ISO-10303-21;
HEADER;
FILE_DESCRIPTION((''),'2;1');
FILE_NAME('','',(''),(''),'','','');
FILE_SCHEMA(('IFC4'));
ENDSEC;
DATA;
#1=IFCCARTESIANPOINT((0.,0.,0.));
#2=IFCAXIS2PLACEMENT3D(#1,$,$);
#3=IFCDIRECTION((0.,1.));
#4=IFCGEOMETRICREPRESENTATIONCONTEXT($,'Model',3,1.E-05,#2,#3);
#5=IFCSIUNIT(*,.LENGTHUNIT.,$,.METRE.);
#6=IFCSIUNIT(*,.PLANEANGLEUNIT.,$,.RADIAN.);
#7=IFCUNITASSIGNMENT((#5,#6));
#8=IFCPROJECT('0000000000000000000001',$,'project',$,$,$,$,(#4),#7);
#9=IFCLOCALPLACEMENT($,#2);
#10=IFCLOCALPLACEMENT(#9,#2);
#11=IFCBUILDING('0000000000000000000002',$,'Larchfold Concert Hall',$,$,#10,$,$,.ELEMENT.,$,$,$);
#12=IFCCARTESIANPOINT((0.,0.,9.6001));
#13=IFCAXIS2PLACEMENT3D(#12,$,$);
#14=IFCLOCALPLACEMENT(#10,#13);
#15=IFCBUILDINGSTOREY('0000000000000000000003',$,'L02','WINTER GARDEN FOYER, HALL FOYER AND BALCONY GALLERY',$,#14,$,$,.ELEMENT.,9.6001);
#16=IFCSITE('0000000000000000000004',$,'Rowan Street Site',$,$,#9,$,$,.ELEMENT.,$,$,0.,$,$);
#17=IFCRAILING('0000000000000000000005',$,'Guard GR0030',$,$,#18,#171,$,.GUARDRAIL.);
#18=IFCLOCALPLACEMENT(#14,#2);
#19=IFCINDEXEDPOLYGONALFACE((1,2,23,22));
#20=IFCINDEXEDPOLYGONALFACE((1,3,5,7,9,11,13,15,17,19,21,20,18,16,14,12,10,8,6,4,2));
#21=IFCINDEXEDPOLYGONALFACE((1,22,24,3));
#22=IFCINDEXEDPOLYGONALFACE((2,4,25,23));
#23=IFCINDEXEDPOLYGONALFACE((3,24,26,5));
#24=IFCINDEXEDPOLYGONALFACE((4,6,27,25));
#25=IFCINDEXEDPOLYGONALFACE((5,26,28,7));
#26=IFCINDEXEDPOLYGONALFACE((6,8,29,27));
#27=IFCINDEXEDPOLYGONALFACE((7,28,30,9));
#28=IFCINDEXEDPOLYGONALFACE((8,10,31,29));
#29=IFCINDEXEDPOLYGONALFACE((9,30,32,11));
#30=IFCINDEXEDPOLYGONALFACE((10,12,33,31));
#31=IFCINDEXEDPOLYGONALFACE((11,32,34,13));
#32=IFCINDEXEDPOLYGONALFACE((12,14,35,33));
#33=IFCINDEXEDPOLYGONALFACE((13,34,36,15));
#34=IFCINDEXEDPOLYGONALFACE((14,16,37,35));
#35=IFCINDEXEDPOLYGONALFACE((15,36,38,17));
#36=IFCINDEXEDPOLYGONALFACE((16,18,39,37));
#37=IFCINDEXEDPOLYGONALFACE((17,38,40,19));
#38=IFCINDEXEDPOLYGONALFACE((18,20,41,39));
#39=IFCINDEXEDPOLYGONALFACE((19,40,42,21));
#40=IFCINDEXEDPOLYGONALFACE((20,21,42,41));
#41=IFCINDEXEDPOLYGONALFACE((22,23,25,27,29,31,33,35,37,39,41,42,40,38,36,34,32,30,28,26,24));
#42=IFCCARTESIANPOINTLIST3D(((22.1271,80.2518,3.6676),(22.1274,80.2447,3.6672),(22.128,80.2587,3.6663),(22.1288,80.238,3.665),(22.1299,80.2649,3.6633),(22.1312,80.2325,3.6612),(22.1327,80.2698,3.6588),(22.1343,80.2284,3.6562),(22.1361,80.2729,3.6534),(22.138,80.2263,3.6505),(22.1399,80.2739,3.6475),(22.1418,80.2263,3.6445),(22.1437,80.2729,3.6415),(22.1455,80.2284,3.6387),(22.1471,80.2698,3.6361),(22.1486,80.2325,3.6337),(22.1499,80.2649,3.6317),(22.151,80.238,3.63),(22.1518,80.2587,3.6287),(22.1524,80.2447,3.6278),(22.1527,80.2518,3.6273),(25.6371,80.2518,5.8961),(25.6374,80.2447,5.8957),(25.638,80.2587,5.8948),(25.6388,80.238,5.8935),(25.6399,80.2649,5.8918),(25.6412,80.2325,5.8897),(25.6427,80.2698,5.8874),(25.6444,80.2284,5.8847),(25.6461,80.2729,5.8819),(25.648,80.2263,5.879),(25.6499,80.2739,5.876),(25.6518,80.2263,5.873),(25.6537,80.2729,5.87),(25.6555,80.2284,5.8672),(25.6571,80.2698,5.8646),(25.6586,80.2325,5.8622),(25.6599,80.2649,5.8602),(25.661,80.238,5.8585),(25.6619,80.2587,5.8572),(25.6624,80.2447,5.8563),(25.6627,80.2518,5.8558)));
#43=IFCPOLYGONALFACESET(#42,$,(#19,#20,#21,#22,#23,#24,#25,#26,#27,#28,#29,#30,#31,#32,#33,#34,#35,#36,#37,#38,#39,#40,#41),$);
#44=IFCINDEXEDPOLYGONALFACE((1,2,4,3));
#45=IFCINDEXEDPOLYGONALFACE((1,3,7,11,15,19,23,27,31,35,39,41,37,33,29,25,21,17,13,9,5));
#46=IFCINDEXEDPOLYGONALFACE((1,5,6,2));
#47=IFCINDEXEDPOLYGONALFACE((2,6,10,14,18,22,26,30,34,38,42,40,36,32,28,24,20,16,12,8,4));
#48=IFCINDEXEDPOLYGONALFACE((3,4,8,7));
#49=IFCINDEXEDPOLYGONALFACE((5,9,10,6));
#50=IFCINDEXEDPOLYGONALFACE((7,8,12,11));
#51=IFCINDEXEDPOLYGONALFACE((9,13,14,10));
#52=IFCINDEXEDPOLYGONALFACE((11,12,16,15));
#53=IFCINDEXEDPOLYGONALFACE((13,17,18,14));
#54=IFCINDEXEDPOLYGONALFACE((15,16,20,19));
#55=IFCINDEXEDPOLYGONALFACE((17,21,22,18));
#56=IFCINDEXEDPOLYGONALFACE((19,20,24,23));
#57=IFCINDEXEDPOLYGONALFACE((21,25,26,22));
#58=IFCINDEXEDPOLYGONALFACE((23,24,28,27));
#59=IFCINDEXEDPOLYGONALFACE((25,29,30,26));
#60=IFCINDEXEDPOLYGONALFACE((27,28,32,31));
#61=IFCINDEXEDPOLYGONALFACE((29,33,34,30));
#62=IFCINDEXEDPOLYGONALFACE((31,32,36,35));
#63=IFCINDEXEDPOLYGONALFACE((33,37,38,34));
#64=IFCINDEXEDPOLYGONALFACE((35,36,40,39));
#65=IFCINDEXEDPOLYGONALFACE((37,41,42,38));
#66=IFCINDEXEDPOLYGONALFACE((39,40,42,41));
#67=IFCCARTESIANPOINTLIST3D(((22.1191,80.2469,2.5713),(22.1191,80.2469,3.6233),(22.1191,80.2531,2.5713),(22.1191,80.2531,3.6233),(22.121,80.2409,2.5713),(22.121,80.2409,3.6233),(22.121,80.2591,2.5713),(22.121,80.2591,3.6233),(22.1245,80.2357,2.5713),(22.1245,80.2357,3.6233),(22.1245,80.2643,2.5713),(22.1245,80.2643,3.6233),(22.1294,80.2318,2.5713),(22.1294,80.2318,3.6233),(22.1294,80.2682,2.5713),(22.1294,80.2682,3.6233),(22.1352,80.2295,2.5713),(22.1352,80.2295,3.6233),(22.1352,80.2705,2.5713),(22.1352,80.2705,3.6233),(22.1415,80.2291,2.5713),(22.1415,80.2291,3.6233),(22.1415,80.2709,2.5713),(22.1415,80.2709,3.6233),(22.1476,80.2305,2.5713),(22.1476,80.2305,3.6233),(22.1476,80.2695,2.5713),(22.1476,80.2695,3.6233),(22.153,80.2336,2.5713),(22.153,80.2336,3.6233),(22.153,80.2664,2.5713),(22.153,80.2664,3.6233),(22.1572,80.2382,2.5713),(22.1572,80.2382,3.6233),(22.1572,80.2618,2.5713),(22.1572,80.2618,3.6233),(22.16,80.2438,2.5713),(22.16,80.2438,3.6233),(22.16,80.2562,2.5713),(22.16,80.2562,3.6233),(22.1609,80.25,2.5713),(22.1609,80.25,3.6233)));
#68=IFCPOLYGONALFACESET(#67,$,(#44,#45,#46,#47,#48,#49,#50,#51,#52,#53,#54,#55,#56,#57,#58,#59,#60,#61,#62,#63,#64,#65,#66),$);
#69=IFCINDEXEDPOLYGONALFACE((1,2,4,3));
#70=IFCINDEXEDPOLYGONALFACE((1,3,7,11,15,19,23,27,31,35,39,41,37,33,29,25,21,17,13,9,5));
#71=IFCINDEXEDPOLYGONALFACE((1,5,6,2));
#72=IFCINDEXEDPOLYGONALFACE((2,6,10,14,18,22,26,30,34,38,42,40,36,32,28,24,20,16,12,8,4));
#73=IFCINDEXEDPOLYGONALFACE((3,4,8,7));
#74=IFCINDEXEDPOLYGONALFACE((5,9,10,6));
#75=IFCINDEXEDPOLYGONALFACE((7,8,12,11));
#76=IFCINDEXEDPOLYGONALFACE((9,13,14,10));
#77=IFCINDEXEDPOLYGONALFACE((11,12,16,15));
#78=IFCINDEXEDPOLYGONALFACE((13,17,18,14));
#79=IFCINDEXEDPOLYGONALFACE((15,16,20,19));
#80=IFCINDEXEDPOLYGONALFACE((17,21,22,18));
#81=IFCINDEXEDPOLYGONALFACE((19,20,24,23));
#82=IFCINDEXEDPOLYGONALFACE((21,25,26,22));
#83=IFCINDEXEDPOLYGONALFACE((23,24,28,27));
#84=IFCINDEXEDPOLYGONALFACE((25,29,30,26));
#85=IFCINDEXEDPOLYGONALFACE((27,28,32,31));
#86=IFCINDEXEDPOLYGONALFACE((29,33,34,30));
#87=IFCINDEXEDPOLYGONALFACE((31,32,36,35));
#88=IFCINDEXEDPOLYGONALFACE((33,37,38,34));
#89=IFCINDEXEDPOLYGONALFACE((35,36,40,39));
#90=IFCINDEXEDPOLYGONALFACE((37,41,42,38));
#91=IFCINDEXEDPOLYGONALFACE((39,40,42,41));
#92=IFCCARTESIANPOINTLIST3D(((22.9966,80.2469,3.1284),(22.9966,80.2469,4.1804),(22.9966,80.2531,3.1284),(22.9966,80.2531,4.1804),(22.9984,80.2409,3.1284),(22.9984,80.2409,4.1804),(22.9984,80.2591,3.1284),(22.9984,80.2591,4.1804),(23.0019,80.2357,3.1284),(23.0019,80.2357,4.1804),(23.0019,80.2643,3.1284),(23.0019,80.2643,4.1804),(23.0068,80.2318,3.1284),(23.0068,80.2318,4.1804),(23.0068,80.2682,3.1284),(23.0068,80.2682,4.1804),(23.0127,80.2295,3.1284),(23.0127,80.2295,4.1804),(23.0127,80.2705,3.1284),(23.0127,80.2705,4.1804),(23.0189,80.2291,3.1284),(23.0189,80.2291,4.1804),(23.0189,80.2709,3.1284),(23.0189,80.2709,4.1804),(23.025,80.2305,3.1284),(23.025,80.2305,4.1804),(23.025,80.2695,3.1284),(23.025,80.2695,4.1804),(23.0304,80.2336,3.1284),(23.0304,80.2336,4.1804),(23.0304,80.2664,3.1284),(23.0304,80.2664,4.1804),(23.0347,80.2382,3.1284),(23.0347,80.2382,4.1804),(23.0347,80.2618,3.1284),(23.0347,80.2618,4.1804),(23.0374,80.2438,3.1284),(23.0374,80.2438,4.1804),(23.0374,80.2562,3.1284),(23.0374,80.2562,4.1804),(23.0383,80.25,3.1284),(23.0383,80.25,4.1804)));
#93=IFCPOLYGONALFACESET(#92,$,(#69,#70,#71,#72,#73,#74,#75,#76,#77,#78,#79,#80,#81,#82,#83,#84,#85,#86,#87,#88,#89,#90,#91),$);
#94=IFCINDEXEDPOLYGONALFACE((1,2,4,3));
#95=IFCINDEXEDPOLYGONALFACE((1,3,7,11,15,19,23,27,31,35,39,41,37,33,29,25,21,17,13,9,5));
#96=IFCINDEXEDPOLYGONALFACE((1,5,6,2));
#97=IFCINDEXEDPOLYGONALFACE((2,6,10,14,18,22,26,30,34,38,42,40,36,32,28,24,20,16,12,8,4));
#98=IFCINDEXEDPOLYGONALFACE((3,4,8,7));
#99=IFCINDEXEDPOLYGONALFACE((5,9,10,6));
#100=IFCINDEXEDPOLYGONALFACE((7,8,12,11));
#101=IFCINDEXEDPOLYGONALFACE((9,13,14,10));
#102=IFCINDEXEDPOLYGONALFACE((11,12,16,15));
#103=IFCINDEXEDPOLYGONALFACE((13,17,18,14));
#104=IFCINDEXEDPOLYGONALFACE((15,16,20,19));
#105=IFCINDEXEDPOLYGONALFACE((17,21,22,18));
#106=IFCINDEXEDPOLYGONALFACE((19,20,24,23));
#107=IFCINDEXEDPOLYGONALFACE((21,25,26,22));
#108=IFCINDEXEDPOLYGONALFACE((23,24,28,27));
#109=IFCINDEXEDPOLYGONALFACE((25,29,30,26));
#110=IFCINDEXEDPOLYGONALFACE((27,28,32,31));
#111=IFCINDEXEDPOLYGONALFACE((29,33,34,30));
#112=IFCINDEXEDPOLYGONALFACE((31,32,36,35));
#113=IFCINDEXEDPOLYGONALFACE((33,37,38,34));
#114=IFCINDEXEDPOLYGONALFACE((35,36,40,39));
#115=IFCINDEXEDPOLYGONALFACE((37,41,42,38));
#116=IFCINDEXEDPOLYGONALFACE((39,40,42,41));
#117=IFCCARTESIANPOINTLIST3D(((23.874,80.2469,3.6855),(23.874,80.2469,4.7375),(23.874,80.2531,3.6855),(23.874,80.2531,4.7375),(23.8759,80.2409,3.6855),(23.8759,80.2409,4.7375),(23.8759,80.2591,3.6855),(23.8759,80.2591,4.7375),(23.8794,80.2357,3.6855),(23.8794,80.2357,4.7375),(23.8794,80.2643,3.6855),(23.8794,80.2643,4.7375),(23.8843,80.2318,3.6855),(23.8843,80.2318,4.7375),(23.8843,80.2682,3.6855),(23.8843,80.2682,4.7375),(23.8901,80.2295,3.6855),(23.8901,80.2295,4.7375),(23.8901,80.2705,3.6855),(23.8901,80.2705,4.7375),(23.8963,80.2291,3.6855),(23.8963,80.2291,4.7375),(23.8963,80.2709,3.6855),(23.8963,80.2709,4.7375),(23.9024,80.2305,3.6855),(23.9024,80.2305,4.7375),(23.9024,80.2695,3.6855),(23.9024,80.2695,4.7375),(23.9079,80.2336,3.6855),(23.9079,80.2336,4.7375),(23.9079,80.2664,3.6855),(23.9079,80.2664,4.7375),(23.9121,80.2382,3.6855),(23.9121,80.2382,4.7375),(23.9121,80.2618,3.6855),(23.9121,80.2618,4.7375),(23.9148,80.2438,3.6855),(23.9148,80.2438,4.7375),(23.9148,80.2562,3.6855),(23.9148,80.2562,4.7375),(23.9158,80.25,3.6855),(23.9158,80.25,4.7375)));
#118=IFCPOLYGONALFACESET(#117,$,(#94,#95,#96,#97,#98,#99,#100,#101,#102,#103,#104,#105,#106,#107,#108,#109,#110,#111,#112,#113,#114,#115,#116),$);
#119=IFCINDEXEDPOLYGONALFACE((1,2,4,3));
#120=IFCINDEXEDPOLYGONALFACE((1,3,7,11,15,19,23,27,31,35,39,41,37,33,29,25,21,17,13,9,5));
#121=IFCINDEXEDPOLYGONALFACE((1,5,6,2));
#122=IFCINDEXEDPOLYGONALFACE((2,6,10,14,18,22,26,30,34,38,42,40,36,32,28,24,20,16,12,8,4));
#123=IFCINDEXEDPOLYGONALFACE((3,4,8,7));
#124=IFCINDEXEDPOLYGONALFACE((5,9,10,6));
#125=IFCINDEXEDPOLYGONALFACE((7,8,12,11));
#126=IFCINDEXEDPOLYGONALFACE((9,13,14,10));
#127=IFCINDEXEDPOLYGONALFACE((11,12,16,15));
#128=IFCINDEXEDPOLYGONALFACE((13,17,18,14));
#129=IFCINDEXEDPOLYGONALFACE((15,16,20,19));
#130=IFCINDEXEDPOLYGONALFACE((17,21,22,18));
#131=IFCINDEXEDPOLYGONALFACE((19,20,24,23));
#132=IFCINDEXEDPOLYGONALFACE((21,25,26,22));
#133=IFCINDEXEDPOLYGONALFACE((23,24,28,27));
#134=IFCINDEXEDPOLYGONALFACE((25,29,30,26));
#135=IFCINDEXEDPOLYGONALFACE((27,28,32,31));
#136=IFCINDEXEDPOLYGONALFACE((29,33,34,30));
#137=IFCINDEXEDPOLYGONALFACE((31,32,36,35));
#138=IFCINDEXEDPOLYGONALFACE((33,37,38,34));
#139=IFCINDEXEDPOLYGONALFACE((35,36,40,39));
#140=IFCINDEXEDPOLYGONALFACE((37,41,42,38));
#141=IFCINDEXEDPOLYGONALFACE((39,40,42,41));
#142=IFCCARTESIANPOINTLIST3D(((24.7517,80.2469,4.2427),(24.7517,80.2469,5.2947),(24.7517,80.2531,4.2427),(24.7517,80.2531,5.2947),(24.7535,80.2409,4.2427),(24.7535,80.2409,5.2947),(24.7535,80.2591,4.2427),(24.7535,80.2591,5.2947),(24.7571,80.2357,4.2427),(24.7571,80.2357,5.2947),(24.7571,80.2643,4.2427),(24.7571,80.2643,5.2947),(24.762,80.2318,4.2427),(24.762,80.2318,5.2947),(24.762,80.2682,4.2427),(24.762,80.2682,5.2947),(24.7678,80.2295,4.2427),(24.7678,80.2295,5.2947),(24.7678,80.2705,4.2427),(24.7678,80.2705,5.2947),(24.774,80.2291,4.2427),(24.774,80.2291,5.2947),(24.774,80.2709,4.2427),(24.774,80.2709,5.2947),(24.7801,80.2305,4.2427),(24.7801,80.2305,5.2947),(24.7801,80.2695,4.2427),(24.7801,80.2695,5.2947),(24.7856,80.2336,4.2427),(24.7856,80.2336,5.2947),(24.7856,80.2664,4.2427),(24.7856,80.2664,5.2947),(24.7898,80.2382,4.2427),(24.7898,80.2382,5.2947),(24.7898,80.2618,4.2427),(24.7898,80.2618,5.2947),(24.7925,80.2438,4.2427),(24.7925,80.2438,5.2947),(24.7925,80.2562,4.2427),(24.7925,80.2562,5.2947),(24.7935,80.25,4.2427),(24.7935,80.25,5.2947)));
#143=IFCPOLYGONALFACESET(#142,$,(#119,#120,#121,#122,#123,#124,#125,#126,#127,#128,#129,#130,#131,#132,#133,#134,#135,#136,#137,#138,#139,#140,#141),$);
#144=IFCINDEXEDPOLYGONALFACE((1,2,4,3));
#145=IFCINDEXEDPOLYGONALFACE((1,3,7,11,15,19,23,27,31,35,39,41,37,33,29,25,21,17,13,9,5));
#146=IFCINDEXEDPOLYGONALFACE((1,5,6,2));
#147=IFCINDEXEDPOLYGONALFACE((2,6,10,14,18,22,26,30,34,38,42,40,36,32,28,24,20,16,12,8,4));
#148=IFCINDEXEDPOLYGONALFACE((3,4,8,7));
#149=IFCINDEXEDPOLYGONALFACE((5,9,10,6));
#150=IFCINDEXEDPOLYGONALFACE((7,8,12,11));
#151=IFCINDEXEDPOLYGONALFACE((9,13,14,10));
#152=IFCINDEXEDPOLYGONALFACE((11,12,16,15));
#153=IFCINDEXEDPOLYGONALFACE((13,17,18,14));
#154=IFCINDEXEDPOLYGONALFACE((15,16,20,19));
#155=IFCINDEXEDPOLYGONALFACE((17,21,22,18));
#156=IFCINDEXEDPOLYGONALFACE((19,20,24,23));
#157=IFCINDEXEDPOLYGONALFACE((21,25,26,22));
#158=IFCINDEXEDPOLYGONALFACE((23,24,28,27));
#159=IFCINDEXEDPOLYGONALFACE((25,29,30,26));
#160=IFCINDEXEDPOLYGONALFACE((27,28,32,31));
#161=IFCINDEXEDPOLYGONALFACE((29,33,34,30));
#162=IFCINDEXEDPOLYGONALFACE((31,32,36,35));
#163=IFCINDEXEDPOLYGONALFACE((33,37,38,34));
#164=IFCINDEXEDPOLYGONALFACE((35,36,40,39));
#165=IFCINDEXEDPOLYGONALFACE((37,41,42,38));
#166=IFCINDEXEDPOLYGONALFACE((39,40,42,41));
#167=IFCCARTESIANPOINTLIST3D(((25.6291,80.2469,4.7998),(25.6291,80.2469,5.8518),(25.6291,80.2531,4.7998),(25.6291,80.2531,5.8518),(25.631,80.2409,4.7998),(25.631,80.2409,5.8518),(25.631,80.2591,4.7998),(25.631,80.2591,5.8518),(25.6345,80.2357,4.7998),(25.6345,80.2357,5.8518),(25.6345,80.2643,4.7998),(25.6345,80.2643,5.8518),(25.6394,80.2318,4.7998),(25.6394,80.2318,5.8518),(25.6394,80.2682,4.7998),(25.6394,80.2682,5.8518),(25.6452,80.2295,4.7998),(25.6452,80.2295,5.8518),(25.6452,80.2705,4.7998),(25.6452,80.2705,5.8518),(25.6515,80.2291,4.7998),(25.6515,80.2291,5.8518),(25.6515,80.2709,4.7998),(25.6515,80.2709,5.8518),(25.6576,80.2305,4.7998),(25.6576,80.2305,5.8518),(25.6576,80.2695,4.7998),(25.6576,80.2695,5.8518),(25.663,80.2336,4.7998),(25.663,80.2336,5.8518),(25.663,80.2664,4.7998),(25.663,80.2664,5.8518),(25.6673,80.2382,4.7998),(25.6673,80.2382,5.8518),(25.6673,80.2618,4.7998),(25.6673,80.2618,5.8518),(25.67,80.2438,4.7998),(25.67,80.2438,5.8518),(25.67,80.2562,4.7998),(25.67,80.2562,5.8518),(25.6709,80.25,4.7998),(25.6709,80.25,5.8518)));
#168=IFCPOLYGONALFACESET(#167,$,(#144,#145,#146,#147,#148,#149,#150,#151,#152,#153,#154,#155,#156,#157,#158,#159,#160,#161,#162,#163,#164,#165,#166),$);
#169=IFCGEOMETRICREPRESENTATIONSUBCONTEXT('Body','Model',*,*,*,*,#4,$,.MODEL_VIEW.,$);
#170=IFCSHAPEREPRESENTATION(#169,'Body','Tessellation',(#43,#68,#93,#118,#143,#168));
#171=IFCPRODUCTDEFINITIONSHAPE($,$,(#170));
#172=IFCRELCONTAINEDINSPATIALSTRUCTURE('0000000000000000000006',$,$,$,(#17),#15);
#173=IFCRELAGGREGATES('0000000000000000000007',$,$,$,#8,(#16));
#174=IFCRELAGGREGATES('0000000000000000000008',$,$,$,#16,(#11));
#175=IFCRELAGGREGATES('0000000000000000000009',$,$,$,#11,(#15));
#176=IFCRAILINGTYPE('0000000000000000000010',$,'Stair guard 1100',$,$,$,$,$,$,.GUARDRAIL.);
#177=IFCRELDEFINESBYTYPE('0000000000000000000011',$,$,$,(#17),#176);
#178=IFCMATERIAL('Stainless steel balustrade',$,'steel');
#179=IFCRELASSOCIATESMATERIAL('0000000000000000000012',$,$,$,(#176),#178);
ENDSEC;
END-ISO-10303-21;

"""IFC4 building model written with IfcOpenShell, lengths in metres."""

from ifc_helpers import new_model, si_unit, direction, frame, origin, origin_2d, place, context, subcontext, project, spatial, circle, extrude, material, type_object, element, save


model = new_model("IFC4")

# Units and contexts
model_context = context("Model", 3, precision=1e-05, world=origin(), true_north=direction((0.0, 1.0)))
body_context = subcontext(model_context, "Body", "Model", "MODEL_VIEW")
ifc_project = project(units=[si_unit("LENGTHUNIT", "METRE"), si_unit("PLANEANGLEUNIT", "RADIAN")], contexts=[model_context])

# Site, building, storey
site_placement = place(None, origin())
site = spatial("IfcSite", under=ifc_project, at=site_placement, Name="Rowan Street Site", CompositionType="ELEMENT", RefElevation=0.0)
building_placement = place(site_placement, origin())
building = spatial("IfcBuilding", under=site, at=building_placement, Name="Larchfold Concert Hall", CompositionType="ELEMENT")
storey_placement = place(building_placement, frame((0.0, 0.0, 9.6001)))
storey = spatial("IfcBuildingStorey", under=building, at=storey_placement, Name="L02", Description="WINTER GARDEN FOYER, HALL FOYER AND BALCONY GALLERY", CompositionType="ELEMENT", Elevation=9.6001)

# Railing
ifc_material_1 = material(Name="Stainless steel balustrade", Category="steel")
railing_type_1 = type_object("IfcRailingType", Name="Stair guard 1100", PredefinedType="GUARDRAIL", material=ifc_material_1)
railing_1_placement = place(storey_placement, frame((22.1399, 80.25, 2.5713)))
element("IfcRailing", 1, at=railing_1_placement, inside=storey, type_object=railing_type_1, Name="Guard GR0030", PredefinedType="GUARDRAIL", context=body_context, shape_type="SweptSolid", body=[
    extrude(circle(Radius=0.0239, at=origin_2d()), frame((0.0, 0.0, 1.0762), z_axis=(0.84422, 0.0, 0.535998), x_axis=(0.0, 1.0, 0.0)), (0.0, 0.0, 1.0), 4.1577),
    extrude(circle(Radius=0.021, at=origin_2d()), origin(), (0.0, 0.0, 1.0), 1.052),
    extrude(circle(Radius=0.021, at=origin_2d()), frame((0.8774, 0.0, 0.5571)), (0.0, 0.0, 1.0), 1.052),
    extrude(circle(Radius=0.021, at=origin_2d()), frame((1.7549, 0.0, 1.1143)), (0.0, 0.0, 1.0), 1.052),
    extrude(circle(Radius=0.021, at=origin_2d()), frame((2.6326, 0.0, 1.6714)), (0.0, 0.0, 1.0), 1.052),
    extrude(circle(Radius=0.021, at=origin_2d()), frame((3.51, 0.0, 2.2285)), (0.0, 0.0, 1.0), 1.052),
])

save(model, "model.ifc")
